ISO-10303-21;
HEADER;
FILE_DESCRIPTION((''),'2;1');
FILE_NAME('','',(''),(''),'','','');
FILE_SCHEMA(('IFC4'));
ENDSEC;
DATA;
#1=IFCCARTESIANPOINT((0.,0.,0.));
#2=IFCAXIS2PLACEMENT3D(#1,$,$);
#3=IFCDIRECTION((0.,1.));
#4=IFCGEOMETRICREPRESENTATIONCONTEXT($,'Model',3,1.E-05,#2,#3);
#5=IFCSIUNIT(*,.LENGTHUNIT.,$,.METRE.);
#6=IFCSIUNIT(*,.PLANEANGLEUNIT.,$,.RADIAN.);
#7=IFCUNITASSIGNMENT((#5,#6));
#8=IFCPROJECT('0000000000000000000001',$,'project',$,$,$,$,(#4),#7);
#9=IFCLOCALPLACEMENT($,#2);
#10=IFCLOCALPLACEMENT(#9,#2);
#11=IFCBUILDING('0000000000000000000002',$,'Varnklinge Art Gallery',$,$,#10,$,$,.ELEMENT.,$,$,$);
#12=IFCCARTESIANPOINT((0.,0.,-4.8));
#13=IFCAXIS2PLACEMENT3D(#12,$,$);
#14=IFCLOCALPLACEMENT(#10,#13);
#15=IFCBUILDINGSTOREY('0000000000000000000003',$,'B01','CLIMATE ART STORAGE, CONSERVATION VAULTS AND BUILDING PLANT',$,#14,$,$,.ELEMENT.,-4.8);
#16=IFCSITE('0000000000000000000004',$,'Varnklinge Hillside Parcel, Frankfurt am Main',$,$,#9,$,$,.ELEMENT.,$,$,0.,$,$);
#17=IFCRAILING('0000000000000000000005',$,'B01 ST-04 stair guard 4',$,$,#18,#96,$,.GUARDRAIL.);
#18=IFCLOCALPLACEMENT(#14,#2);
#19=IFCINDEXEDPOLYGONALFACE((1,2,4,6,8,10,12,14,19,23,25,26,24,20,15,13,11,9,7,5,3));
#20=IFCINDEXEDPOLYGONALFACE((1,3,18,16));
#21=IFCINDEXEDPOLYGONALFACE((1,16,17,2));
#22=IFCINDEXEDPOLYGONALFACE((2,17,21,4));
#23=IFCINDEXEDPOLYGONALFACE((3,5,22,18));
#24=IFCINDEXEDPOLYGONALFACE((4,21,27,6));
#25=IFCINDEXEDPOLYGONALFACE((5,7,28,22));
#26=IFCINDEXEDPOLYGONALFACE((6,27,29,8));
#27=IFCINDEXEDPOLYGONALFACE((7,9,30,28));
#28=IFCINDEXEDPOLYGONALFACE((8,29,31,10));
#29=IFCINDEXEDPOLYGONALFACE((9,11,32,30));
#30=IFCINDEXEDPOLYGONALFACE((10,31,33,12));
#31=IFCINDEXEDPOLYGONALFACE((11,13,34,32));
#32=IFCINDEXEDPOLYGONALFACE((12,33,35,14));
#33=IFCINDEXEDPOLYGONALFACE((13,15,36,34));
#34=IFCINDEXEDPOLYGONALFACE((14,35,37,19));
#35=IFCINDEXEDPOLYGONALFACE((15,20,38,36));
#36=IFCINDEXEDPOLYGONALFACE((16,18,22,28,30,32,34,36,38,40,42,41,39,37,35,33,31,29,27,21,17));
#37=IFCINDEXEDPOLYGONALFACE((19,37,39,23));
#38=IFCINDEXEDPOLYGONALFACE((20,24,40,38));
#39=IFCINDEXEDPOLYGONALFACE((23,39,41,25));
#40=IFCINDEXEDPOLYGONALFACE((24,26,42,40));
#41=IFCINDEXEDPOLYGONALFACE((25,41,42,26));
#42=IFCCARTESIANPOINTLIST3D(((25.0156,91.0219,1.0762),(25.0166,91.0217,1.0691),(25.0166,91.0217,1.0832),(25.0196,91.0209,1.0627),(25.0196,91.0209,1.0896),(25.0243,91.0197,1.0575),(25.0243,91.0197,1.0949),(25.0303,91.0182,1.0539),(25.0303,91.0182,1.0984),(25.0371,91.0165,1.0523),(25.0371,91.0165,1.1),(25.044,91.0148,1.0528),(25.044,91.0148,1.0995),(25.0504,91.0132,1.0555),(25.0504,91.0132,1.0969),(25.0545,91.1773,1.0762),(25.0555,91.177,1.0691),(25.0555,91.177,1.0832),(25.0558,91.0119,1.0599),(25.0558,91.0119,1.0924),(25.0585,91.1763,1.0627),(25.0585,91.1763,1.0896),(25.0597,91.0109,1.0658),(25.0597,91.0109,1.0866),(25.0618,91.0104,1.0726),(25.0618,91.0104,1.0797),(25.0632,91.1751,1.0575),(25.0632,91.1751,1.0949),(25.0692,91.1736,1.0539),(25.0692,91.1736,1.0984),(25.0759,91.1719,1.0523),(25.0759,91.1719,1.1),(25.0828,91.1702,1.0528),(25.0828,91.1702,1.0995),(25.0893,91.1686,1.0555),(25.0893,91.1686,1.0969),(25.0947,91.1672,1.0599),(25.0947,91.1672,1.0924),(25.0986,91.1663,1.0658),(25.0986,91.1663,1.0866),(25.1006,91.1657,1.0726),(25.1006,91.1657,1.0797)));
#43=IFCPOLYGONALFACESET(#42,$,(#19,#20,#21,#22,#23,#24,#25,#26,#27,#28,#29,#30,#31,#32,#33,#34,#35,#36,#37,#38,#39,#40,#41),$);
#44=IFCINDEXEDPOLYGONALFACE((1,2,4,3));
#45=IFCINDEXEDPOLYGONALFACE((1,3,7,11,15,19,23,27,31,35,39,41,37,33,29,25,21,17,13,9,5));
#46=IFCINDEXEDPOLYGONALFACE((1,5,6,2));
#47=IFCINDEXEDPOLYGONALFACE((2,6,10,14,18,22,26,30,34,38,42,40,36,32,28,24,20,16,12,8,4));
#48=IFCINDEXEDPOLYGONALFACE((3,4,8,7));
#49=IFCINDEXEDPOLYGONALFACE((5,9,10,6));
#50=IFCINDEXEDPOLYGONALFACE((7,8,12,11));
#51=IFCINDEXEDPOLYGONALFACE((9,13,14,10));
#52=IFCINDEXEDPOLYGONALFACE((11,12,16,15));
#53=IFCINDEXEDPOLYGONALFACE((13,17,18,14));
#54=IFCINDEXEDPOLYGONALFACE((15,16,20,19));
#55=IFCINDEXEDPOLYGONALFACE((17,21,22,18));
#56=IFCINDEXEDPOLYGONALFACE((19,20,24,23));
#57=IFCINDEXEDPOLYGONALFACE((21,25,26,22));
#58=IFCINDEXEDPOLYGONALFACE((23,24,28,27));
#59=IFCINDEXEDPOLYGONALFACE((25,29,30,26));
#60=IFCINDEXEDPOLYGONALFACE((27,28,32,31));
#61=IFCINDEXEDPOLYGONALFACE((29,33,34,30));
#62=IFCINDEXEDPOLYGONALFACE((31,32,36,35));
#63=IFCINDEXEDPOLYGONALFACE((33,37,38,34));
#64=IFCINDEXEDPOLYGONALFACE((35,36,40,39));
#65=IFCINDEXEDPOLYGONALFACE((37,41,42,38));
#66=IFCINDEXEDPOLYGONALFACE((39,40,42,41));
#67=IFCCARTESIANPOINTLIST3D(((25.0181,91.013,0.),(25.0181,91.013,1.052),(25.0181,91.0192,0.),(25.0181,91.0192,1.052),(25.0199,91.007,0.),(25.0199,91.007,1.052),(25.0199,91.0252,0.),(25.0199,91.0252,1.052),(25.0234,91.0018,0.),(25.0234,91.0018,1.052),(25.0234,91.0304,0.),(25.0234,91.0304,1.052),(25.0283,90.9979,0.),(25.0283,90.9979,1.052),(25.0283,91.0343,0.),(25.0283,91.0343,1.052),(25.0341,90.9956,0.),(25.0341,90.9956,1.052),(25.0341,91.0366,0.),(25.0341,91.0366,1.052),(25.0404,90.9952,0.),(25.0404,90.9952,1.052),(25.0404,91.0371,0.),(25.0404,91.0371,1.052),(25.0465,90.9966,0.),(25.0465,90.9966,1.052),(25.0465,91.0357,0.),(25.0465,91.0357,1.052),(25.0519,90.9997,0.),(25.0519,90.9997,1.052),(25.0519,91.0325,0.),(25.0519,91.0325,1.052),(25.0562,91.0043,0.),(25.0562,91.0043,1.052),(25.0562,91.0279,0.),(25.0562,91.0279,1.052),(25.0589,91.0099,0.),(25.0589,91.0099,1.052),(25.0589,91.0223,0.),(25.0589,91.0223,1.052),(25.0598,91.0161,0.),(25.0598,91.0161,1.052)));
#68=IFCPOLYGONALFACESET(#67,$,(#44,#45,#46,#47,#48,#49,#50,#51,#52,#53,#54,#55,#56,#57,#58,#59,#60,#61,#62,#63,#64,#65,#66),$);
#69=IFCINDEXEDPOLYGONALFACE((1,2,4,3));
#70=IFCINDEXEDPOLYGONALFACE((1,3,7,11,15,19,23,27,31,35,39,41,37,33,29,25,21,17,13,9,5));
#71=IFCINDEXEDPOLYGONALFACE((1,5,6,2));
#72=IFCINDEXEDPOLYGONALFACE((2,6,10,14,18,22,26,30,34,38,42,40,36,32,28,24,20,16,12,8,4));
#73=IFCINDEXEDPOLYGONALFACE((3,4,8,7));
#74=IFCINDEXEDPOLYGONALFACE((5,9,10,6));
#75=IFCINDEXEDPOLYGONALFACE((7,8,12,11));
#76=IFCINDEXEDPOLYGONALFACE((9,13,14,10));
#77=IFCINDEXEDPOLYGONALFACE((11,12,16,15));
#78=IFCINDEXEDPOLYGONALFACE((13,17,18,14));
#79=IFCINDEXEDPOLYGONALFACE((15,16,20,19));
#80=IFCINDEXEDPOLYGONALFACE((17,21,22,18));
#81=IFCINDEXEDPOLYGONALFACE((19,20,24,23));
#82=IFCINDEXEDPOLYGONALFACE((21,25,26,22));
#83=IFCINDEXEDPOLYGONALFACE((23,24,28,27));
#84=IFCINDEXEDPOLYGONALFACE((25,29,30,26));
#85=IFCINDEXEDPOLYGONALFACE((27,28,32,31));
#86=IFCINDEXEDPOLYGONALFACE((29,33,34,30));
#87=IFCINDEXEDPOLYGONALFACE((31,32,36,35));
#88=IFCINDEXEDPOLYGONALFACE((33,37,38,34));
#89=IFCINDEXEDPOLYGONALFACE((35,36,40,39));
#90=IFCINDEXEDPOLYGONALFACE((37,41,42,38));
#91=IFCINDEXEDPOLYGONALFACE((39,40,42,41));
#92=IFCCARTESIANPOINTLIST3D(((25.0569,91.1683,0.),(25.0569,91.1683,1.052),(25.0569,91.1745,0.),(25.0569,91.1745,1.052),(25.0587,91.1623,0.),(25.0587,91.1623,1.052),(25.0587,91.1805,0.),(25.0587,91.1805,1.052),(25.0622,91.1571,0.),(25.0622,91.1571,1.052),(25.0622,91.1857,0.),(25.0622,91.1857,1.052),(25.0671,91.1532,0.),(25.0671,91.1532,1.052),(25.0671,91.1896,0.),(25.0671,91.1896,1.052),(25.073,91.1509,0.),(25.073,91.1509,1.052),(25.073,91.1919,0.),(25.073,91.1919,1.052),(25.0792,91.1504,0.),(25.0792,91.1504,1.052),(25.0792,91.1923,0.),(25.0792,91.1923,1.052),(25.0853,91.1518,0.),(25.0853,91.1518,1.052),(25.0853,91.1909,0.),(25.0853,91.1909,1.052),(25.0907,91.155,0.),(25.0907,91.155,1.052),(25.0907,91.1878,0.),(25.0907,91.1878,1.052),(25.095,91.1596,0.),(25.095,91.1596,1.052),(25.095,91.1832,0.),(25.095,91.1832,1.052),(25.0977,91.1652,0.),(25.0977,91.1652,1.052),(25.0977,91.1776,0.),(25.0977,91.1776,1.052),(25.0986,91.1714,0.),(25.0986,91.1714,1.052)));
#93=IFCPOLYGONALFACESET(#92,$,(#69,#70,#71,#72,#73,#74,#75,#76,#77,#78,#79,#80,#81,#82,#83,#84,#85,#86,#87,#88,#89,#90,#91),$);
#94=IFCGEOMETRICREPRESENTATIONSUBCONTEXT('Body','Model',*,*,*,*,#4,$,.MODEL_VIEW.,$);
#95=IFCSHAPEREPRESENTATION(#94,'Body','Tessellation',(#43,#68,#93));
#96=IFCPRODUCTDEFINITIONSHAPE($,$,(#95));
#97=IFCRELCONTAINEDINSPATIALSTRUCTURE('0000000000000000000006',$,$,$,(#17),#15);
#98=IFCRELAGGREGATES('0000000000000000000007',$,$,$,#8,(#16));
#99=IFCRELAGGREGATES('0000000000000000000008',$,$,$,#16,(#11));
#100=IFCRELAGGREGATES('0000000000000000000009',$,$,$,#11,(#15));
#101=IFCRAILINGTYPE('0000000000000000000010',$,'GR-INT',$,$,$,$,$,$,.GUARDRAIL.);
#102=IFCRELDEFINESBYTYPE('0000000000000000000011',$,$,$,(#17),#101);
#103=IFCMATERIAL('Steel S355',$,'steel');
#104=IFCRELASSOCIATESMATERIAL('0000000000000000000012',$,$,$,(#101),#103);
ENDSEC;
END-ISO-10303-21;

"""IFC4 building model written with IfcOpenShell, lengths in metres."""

from ifc_helpers import new_model, si_unit, direction, frame, origin, origin_2d, place, context, subcontext, project, spatial, circle, extrude, material, type_object, element, save


model = new_model("IFC4")

# Units and contexts
model_context = context("Model", 3, precision=1e-05, world=origin(), true_north=direction((0.0, 1.0)))
body_context = subcontext(model_context, "Body", "Model", "MODEL_VIEW")
ifc_project = project(units=[si_unit("LENGTHUNIT", "METRE"), si_unit("PLANEANGLEUNIT", "RADIAN")], contexts=[model_context])

# Site, building, storey
site_placement = place(None, origin())
site = spatial("IfcSite", under=ifc_project, at=site_placement, Name="Varnklinge Hillside Parcel, Frankfurt am Main", CompositionType="ELEMENT", RefElevation=0.0)
building_placement = place(site_placement, origin())
building = spatial("IfcBuilding", under=site, at=building_placement, Name="Varnklinge Art Gallery", CompositionType="ELEMENT")
storey_placement = place(building_placement, frame((0.0, 0.0, -4.8)))
storey = spatial("IfcBuildingStorey", under=building, at=storey_placement, Name="B01", Description="CLIMATE ART STORAGE, CONSERVATION VAULTS AND BUILDING PLANT", CompositionType="ELEMENT", Elevation=-4.8)

# Railing
ifc_material_1 = material(Name="Steel S355", Category="steel")
railing_type_1 = type_object("IfcRailingType", Name="GR-INT", PredefinedType="GUARDRAIL", material=ifc_material_1)
railing_1_placement = place(storey_placement, frame((25.0388, 91.0161, 0.0)))
element("IfcRailing", 1, at=railing_1_placement, inside=storey, type_object=railing_type_1, Name="B01 ST-04 stair guard 4", PredefinedType="GUARDRAIL", context=body_context, shape_type="SweptSolid", body=[
    extrude(circle(Radius=0.0239, at=origin_2d()), frame((0.0, 0.0, 1.0762), z_axis=(0.242536, 0.970143, 0.0), x_axis=(-0.970143, 0.242536, 0.0)), (0.0, 0.0, 1.0), 0.1602),
    extrude(circle(Radius=0.021, at=origin_2d()), origin(), (0.0, 0.0, 1.0), 1.052),
    extrude(circle(Radius=0.021, at=origin_2d()), frame((0.0388, 0.1553, 0.0)), (0.0, 0.0, 1.0), 1.052),
])

save(model, "model.ifc")
